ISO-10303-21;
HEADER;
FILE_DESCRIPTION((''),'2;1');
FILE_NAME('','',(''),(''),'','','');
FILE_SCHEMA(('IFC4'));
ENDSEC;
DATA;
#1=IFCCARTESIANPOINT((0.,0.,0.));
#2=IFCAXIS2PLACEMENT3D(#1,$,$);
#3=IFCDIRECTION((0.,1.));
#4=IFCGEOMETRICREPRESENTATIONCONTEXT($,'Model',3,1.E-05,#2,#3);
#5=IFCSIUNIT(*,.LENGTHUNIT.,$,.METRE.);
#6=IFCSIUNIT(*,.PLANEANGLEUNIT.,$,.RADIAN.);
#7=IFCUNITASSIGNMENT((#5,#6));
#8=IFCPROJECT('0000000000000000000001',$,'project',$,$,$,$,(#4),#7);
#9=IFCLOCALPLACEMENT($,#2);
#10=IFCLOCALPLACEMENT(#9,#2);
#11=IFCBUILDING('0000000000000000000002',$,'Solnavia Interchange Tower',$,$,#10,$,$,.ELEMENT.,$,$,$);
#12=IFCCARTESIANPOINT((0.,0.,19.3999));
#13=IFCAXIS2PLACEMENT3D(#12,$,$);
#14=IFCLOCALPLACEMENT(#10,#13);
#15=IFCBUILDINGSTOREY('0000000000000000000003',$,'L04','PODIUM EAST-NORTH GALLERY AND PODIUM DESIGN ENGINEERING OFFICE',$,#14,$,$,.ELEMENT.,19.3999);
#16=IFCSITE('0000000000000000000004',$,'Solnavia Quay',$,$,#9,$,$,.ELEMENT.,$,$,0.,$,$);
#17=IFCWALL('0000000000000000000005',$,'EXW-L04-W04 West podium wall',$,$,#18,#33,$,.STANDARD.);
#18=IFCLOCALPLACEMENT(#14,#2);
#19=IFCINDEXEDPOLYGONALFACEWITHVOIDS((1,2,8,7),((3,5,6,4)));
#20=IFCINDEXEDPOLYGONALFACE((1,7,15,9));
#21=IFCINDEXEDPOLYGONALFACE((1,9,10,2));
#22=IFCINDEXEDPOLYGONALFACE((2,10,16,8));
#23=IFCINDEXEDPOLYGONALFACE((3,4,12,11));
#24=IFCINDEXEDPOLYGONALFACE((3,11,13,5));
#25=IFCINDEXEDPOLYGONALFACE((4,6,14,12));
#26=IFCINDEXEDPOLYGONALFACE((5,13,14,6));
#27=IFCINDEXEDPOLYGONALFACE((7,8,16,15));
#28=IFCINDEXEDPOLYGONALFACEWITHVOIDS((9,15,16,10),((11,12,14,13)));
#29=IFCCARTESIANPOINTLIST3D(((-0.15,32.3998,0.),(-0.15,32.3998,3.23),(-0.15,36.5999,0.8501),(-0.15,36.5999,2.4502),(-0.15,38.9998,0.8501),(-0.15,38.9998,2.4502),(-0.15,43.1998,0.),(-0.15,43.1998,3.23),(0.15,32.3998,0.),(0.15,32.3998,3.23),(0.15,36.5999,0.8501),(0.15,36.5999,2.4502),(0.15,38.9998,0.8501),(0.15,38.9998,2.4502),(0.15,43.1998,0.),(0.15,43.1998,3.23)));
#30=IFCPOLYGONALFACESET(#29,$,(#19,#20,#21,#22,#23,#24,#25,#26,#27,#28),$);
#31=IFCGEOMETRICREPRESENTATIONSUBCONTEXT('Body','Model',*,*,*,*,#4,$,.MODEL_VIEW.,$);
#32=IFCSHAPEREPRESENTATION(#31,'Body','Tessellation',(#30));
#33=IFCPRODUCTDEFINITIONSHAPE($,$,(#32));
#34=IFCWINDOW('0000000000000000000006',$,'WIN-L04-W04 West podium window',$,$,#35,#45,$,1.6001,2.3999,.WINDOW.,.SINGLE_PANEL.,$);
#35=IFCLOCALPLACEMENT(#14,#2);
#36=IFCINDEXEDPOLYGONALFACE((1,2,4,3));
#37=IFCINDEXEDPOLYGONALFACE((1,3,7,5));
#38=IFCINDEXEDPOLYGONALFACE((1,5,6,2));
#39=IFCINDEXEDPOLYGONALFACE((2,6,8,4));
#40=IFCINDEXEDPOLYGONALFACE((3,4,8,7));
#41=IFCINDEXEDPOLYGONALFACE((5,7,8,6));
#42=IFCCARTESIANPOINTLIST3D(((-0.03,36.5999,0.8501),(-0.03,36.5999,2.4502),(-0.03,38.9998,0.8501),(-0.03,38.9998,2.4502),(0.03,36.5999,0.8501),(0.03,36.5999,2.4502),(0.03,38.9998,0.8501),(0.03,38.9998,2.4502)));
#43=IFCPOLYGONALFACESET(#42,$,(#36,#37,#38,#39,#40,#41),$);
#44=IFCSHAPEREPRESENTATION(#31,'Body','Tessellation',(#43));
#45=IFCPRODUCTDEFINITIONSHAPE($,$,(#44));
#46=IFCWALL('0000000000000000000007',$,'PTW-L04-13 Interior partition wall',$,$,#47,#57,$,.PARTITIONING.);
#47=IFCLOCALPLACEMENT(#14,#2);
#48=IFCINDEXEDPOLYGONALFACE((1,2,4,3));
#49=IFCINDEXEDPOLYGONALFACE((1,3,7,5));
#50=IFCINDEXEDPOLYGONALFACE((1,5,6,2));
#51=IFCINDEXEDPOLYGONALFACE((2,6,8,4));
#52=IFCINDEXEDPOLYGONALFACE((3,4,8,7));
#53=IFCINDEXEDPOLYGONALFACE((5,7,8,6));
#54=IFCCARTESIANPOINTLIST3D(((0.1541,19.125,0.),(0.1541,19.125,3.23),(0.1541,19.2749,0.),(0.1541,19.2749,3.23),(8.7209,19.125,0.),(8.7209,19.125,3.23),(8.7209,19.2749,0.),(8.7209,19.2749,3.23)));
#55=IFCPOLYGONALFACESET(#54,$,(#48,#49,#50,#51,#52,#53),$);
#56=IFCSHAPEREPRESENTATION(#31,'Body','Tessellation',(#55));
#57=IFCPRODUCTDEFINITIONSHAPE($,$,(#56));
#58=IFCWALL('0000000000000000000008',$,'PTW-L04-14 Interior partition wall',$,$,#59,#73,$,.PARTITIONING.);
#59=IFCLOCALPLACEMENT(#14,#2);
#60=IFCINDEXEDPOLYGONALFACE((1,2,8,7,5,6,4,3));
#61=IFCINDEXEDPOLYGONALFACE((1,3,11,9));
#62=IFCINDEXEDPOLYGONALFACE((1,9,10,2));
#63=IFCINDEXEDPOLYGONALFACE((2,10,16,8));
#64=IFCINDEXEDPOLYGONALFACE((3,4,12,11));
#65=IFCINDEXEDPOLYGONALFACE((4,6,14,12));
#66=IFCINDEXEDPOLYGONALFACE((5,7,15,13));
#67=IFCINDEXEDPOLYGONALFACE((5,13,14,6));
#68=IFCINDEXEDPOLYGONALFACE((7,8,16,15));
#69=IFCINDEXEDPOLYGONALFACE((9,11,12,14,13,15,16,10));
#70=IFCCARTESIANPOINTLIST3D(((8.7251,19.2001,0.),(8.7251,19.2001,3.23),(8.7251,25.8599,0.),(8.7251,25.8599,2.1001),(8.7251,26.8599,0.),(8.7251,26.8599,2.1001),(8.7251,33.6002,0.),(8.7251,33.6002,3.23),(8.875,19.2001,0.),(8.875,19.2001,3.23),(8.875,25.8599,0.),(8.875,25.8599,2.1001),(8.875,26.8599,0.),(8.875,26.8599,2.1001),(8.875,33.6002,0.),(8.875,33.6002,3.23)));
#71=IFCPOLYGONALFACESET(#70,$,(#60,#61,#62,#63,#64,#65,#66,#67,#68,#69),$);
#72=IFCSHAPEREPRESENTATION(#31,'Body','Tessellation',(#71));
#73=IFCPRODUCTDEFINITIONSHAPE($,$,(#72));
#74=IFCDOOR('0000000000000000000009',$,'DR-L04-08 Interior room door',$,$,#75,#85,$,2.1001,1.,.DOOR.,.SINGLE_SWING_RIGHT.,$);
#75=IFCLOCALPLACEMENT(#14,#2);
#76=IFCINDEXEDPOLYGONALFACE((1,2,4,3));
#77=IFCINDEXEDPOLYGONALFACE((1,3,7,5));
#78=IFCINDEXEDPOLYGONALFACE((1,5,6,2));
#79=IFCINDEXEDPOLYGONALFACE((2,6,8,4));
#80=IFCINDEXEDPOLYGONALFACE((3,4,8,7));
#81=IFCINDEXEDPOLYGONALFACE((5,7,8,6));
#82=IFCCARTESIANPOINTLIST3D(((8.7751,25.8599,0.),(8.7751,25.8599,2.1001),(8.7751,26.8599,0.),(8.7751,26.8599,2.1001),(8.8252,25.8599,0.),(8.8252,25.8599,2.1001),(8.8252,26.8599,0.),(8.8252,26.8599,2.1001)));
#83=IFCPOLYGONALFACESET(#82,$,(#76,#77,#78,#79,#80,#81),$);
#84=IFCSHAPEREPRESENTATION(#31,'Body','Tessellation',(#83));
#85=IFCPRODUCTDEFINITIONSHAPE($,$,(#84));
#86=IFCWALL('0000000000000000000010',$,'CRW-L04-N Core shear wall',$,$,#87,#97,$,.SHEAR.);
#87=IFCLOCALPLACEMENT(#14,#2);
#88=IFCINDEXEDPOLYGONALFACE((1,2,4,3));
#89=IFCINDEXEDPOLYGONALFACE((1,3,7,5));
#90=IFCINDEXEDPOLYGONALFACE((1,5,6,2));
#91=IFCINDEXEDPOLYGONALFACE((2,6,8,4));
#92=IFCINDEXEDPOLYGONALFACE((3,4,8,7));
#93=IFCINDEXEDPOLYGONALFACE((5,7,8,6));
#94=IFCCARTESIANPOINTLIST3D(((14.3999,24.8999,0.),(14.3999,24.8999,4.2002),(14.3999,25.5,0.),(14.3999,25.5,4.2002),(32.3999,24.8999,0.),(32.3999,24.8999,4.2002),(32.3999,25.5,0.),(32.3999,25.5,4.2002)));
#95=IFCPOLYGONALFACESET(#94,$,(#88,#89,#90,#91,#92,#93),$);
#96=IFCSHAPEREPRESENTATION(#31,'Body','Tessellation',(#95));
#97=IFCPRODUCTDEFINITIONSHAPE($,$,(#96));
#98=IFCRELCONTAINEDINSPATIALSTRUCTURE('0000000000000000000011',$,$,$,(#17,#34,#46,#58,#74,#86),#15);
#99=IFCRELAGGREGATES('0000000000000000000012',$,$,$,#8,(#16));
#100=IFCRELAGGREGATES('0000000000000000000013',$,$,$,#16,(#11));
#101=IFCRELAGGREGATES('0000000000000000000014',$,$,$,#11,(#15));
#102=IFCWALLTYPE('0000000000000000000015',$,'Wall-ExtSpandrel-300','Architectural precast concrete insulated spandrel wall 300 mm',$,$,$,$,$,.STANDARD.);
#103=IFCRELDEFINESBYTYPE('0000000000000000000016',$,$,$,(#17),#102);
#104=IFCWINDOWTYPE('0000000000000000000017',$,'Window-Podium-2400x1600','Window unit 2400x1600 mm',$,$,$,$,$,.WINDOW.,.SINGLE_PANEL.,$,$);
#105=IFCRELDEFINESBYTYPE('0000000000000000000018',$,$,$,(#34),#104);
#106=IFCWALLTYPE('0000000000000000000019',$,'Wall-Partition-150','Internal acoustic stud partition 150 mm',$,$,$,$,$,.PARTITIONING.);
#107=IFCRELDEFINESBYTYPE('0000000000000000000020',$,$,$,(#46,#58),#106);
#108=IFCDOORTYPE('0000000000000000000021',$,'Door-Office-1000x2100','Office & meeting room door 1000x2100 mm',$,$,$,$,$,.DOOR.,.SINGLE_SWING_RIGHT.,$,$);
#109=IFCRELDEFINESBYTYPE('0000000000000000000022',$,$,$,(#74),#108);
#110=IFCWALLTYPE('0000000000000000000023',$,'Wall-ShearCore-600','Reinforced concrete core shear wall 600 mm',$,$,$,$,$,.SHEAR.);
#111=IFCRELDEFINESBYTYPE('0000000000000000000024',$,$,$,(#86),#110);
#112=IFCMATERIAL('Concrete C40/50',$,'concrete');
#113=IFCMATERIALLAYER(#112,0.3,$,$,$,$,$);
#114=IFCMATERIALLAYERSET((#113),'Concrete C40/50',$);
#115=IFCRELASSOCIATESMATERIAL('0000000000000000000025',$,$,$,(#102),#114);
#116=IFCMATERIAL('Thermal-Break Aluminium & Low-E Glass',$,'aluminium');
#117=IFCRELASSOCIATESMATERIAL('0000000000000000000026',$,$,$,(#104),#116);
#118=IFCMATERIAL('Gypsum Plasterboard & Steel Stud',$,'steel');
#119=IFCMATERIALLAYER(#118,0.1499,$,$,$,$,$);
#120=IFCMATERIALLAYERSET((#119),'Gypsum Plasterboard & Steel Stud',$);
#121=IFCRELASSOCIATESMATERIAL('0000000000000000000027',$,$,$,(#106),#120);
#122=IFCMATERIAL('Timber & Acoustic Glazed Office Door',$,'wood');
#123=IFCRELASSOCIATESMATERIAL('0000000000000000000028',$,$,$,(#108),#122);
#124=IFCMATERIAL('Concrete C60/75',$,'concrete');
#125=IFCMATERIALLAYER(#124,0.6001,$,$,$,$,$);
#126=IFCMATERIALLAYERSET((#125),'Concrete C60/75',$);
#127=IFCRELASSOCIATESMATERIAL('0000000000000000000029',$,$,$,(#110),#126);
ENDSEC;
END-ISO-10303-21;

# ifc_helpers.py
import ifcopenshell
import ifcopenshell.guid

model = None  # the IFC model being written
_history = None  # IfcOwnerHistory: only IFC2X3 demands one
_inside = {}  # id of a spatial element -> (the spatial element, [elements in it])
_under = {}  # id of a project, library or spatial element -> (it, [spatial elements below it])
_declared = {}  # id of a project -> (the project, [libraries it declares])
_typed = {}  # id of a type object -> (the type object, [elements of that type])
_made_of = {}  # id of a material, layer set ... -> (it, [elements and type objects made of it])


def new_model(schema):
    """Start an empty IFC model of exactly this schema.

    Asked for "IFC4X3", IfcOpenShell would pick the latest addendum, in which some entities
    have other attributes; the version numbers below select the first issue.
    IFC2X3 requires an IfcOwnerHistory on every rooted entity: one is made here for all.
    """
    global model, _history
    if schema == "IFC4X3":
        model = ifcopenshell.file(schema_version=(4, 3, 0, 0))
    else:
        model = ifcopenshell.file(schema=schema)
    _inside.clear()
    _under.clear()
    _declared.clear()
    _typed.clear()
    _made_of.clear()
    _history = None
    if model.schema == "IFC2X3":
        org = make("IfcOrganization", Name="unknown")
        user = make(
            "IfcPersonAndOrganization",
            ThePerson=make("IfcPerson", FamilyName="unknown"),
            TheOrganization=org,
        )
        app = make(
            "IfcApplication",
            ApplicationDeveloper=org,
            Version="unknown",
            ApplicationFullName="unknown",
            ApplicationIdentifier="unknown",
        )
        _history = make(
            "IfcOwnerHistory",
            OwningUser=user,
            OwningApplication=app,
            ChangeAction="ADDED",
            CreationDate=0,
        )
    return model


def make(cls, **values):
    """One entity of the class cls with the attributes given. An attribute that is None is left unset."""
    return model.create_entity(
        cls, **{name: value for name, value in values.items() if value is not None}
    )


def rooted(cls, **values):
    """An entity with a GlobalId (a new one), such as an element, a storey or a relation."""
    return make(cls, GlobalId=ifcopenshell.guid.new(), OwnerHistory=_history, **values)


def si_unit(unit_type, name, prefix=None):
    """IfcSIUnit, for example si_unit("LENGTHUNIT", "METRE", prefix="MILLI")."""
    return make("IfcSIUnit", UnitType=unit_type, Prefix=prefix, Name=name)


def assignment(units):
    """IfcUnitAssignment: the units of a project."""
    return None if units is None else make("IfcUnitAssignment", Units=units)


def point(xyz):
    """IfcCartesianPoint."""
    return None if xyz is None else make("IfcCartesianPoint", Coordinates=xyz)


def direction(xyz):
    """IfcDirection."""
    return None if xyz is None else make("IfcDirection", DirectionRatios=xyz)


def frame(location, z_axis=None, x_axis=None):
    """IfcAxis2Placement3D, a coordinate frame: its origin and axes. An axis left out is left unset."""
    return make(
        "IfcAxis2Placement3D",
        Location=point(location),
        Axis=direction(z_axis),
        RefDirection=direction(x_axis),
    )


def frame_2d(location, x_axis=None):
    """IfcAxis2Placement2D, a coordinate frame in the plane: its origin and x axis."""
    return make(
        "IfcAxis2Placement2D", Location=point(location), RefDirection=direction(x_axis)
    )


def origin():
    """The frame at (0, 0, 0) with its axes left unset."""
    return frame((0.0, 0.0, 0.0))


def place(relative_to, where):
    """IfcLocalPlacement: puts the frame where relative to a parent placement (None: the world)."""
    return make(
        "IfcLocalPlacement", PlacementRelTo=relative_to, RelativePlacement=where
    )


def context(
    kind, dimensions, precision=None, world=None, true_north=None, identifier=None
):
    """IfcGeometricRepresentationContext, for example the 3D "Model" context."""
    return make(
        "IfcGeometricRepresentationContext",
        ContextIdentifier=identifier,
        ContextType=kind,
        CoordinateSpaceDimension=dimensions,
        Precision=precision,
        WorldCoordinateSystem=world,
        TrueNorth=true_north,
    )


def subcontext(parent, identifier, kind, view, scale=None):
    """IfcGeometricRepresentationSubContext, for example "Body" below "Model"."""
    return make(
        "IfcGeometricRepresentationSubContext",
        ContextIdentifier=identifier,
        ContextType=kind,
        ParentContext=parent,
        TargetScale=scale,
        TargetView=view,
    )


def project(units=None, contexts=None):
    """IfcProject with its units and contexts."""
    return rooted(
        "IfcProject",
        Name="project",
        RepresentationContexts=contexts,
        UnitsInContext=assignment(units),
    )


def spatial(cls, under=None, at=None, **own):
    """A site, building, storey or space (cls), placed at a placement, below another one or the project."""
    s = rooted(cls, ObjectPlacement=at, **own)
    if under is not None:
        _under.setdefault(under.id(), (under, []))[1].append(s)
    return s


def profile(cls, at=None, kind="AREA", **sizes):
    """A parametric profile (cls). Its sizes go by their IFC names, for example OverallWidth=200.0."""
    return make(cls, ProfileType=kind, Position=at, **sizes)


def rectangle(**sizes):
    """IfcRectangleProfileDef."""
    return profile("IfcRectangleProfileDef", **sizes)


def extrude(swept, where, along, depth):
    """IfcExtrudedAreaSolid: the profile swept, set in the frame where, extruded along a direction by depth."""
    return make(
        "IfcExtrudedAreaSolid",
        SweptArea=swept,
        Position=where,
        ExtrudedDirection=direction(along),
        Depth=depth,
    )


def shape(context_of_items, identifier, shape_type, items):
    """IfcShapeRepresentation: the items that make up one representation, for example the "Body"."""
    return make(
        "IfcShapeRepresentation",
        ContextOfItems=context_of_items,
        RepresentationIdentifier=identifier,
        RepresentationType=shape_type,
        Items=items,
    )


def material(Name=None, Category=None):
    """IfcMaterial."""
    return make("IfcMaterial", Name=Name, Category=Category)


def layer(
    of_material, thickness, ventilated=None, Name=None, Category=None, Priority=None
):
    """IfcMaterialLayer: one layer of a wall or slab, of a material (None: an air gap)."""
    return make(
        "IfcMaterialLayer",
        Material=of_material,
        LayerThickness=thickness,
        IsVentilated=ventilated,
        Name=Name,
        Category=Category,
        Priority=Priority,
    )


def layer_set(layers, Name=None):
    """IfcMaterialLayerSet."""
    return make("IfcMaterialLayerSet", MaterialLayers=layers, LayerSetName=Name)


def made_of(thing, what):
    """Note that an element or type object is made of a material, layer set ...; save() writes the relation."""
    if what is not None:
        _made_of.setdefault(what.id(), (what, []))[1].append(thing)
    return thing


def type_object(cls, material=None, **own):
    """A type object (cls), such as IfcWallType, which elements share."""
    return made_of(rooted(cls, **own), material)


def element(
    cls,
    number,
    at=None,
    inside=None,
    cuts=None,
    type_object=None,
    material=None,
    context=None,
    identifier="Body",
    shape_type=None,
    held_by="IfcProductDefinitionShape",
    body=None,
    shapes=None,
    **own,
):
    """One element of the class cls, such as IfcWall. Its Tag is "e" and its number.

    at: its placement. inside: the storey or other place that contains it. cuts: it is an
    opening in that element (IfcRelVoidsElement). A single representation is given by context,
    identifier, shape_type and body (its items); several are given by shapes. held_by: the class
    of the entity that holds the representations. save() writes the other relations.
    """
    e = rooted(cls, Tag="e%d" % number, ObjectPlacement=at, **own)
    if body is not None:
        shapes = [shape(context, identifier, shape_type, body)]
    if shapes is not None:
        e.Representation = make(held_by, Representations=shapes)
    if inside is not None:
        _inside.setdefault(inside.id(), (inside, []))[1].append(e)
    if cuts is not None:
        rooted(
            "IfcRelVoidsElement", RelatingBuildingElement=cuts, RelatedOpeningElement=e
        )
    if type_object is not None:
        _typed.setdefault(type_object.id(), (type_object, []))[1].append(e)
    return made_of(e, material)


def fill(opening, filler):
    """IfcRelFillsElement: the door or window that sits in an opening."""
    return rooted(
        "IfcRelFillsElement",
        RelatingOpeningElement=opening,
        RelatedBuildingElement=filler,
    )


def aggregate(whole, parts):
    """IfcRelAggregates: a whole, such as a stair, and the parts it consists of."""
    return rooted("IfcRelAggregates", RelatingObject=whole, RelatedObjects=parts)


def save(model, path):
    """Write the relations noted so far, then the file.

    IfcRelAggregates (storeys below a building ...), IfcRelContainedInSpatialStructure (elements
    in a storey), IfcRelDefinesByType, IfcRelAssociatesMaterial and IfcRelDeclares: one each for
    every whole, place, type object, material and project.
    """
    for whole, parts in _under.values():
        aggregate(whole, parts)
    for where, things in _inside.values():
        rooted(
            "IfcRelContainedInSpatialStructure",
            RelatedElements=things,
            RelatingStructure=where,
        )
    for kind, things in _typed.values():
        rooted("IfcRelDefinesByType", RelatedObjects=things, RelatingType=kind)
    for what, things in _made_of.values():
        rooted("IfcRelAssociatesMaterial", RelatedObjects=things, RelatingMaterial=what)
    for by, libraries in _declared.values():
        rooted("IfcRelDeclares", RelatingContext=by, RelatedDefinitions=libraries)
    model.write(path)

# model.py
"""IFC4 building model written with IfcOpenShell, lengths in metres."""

from ifc_helpers import new_model, si_unit, direction, frame, frame_2d, origin, place, context, subcontext, project, spatial, rectangle, extrude, material, layer, layer_set, type_object, element, fill, save


model = new_model("IFC4")

# Units and contexts
model_context = context("Model", 3, precision=1e-05, world=origin(), true_north=direction((0.0, 1.0)))
body_context = subcontext(model_context, "Body", "Model", "MODEL_VIEW")
ifc_project = project(units=[si_unit("LENGTHUNIT", "METRE"), si_unit("PLANEANGLEUNIT", "RADIAN")], contexts=[model_context])

# Site, building, storey
site_placement = place(None, origin())
site = spatial("IfcSite", under=ifc_project, at=site_placement, Name="Solnavia Quay", CompositionType="ELEMENT", RefElevation=0.0)
building_placement = place(site_placement, origin())
building = spatial("IfcBuilding", under=site, at=building_placement, Name="Solnavia Interchange Tower", CompositionType="ELEMENT")
storey_placement = place(building_placement, frame((0.0, 0.0, 19.3999)))
storey = spatial("IfcBuildingStorey", under=building, at=storey_placement, Name="L04", Description="PODIUM EAST-NORTH GALLERY AND PODIUM DESIGN ENGINEERING OFFICE", CompositionType="ELEMENT", Elevation=19.3999)

# Shared definitions
ifc_material_1 = material(Name="Concrete C60/75", Category="concrete")

# Wall, opening, window
ifc_material_2 = material(Name="Concrete C40/50", Category="concrete")
ifc_layer_1 = layer(ifc_material_2, 0.3)
ifc_layer_set_1 = layer_set([ifc_layer_1], Name="Concrete C40/50")
wall_type_1 = type_object("IfcWallType", Name="Wall-ExtSpandrel-300", Description="Architectural precast concrete insulated spandrel wall 300 mm", PredefinedType="STANDARD", material=ifc_layer_set_1)
ifc_material_3 = material(Name="Thermal-Break Aluminium & Low-E Glass", Category="aluminium")
window_type = type_object("IfcWindowType", Name="Window-Podium-2400x1600", Description="Window unit 2400x1600 mm", PartitioningType="SINGLE_PANEL", PredefinedType="WINDOW", material=ifc_material_3)
wall_1_placement = place(storey_placement, frame((0.0, 32.3999, 0.0), z_axis=(0.0, 0.0, 1.0), x_axis=(0.0, 1.0, 0.0)))
wall_1 = element("IfcWall", 1, at=wall_1_placement, inside=storey, type_object=wall_type_1, Name="EXW-L04-W04 West podium wall", PredefinedType="STANDARD", context=body_context, shape_type="SweptSolid", body=[
    extrude(rectangle(XDim=10.8, YDim=0.3, at=frame_2d((5.3999, 0.0))), origin(), (0.0, 0.0, 1.0), 3.23),
])
opening_1_placement = place(wall_1_placement, frame((4.2, 0.0, 0.8501)))
opening_1 = element("IfcOpeningElement", 2, at=opening_1_placement, cuts=wall_1, PredefinedType="OPENING", context=body_context, shape_type="SweptSolid", body=[
    extrude(rectangle(XDim=2.3999, YDim=1.6001, at=frame_2d((1.2, 0.8))), frame((0.0, 0.1602, 0.0), z_axis=(0.0, -1.0, 0.0), x_axis=(1.0, 0.0, 0.0)), (0.0, 0.0, 1.0), 0.3201),
])
window_1_placement = place(opening_1_placement, origin())
window_1 = element("IfcWindow", 3, at=window_1_placement, inside=storey, type_object=window_type, Name="WIN-L04-W04 West podium window", OverallHeight=1.6001, OverallWidth=2.3999, PartitioningType="SINGLE_PANEL", PredefinedType="WINDOW", context=body_context, shape_type="SweptSolid", body=[
    extrude(rectangle(XDim=2.3999, YDim=1.6001, at=frame_2d((1.2, 0.8))), frame((0.0, 0.03, 0.0), z_axis=(0.0, -1.0, 0.0), x_axis=(1.0, 0.0, 0.0)), (0.0, 0.0, 1.0), 0.0601),
])
fill(opening_1, window_1)

# Wall
ifc_material_4 = material(Name="Gypsum Plasterboard & Steel Stud", Category="steel")
ifc_layer_2 = layer(ifc_material_4, 0.1499)
ifc_layer_set_2 = layer_set([ifc_layer_2], Name="Gypsum Plasterboard & Steel Stud")
wall_type_2 = type_object("IfcWallType", Name="Wall-Partition-150", Description="Internal acoustic stud partition 150 mm", PredefinedType="PARTITIONING", material=ifc_layer_set_2)
wall_2_placement = place(storey_placement, frame((0.1541, 19.2, 0.0), z_axis=(0.0, 0.0, 1.0), x_axis=(1.0, 0.0, 0.0)))
element("IfcWall", 4, at=wall_2_placement, inside=storey, type_object=wall_type_2, Name="PTW-L04-13 Interior partition wall", PredefinedType="PARTITIONING", context=body_context, shape_type="SweptSolid", body=[
    extrude(rectangle(XDim=8.5669, YDim=0.1499, at=frame_2d((4.2834, 0.0))), origin(), (0.0, 0.0, 1.0), 3.23),
])

# Wall, opening, door
wall_3_placement = place(storey_placement, frame((8.8, 19.2, 0.0), z_axis=(0.0, 0.0, 1.0), x_axis=(0.0, 1.0, 0.0)))
wall_3 = element("IfcWall", 5, at=wall_3_placement, inside=storey, type_object=wall_type_2, Name="PTW-L04-14 Interior partition wall", PredefinedType="PARTITIONING", context=body_context, shape_type="SweptSolid", body=[
    extrude(rectangle(XDim=14.4001, YDim=0.1499, at=frame_2d((7.2002, 0.0))), origin(), (0.0, 0.0, 1.0), 3.23),
])
opening_2_placement = place(wall_3_placement, frame((6.6599, 0.0, 0.0)))
opening_2 = element("IfcOpeningElement", 6, at=opening_2_placement, cuts=wall_3, PredefinedType="OPENING", context=body_context, shape_type="SweptSolid", body=[
    extrude(rectangle(XDim=1.0, YDim=2.1001, at=frame_2d((0.5, 1.05))), frame((0.0, 0.085, 0.0), z_axis=(0.0, -1.0, 0.0), x_axis=(1.0, 0.0, 0.0)), (0.0, 0.0, 1.0), 0.1699),
])
ifc_material_5 = material(Name="Timber & Acoustic Glazed Office Door", Category="wood")
door_type = type_object("IfcDoorType", Name="Door-Office-1000x2100", Description="Office & meeting room door 1000x2100 mm", OperationType="SINGLE_SWING_RIGHT", PredefinedType="DOOR", material=ifc_material_5)
door_placement = place(opening_2_placement, origin())
door = element("IfcDoor", 7, at=door_placement, inside=storey, type_object=door_type, Name="DR-L04-08 Interior room door", OperationType="SINGLE_SWING_RIGHT", OverallHeight=2.1001, OverallWidth=1.0, PredefinedType="DOOR", context=body_context, shape_type="SweptSolid", body=[
    extrude(rectangle(XDim=1.0, YDim=2.1001, at=frame_2d((0.5, 1.05))), frame((0.0, 0.0249, 0.0), z_axis=(0.0, -1.0, 0.0), x_axis=(1.0, 0.0, 0.0)), (0.0, 0.0, 1.0), 0.05),
])
fill(opening_2, door)

# Wall
ifc_layer_3 = layer(ifc_material_1, 0.6001)
ifc_layer_set_3 = layer_set([ifc_layer_3], Name="Concrete C60/75")
wall_type_3 = type_object("IfcWallType", Name="Wall-ShearCore-600", Description="Reinforced concrete core shear wall 600 mm", PredefinedType="SHEAR", material=ifc_layer_set_3)
wall_4_placement = place(storey_placement, frame((14.3999, 25.2, 0.0), z_axis=(0.0, 0.0, 1.0), x_axis=(1.0, 0.0, 0.0)))
element("IfcWall", 8, at=wall_4_placement, inside=storey, type_object=wall_type_3, Name="CRW-L04-N Core shear wall", PredefinedType="SHEAR", context=body_context, shape_type="SweptSolid", body=[
    extrude(rectangle(XDim=18.0, YDim=0.6001, at=frame_2d((9.0, 0.0))), origin(), (0.0, 0.0, 1.0), 4.2002),
])

save(model, "model.ifc")
